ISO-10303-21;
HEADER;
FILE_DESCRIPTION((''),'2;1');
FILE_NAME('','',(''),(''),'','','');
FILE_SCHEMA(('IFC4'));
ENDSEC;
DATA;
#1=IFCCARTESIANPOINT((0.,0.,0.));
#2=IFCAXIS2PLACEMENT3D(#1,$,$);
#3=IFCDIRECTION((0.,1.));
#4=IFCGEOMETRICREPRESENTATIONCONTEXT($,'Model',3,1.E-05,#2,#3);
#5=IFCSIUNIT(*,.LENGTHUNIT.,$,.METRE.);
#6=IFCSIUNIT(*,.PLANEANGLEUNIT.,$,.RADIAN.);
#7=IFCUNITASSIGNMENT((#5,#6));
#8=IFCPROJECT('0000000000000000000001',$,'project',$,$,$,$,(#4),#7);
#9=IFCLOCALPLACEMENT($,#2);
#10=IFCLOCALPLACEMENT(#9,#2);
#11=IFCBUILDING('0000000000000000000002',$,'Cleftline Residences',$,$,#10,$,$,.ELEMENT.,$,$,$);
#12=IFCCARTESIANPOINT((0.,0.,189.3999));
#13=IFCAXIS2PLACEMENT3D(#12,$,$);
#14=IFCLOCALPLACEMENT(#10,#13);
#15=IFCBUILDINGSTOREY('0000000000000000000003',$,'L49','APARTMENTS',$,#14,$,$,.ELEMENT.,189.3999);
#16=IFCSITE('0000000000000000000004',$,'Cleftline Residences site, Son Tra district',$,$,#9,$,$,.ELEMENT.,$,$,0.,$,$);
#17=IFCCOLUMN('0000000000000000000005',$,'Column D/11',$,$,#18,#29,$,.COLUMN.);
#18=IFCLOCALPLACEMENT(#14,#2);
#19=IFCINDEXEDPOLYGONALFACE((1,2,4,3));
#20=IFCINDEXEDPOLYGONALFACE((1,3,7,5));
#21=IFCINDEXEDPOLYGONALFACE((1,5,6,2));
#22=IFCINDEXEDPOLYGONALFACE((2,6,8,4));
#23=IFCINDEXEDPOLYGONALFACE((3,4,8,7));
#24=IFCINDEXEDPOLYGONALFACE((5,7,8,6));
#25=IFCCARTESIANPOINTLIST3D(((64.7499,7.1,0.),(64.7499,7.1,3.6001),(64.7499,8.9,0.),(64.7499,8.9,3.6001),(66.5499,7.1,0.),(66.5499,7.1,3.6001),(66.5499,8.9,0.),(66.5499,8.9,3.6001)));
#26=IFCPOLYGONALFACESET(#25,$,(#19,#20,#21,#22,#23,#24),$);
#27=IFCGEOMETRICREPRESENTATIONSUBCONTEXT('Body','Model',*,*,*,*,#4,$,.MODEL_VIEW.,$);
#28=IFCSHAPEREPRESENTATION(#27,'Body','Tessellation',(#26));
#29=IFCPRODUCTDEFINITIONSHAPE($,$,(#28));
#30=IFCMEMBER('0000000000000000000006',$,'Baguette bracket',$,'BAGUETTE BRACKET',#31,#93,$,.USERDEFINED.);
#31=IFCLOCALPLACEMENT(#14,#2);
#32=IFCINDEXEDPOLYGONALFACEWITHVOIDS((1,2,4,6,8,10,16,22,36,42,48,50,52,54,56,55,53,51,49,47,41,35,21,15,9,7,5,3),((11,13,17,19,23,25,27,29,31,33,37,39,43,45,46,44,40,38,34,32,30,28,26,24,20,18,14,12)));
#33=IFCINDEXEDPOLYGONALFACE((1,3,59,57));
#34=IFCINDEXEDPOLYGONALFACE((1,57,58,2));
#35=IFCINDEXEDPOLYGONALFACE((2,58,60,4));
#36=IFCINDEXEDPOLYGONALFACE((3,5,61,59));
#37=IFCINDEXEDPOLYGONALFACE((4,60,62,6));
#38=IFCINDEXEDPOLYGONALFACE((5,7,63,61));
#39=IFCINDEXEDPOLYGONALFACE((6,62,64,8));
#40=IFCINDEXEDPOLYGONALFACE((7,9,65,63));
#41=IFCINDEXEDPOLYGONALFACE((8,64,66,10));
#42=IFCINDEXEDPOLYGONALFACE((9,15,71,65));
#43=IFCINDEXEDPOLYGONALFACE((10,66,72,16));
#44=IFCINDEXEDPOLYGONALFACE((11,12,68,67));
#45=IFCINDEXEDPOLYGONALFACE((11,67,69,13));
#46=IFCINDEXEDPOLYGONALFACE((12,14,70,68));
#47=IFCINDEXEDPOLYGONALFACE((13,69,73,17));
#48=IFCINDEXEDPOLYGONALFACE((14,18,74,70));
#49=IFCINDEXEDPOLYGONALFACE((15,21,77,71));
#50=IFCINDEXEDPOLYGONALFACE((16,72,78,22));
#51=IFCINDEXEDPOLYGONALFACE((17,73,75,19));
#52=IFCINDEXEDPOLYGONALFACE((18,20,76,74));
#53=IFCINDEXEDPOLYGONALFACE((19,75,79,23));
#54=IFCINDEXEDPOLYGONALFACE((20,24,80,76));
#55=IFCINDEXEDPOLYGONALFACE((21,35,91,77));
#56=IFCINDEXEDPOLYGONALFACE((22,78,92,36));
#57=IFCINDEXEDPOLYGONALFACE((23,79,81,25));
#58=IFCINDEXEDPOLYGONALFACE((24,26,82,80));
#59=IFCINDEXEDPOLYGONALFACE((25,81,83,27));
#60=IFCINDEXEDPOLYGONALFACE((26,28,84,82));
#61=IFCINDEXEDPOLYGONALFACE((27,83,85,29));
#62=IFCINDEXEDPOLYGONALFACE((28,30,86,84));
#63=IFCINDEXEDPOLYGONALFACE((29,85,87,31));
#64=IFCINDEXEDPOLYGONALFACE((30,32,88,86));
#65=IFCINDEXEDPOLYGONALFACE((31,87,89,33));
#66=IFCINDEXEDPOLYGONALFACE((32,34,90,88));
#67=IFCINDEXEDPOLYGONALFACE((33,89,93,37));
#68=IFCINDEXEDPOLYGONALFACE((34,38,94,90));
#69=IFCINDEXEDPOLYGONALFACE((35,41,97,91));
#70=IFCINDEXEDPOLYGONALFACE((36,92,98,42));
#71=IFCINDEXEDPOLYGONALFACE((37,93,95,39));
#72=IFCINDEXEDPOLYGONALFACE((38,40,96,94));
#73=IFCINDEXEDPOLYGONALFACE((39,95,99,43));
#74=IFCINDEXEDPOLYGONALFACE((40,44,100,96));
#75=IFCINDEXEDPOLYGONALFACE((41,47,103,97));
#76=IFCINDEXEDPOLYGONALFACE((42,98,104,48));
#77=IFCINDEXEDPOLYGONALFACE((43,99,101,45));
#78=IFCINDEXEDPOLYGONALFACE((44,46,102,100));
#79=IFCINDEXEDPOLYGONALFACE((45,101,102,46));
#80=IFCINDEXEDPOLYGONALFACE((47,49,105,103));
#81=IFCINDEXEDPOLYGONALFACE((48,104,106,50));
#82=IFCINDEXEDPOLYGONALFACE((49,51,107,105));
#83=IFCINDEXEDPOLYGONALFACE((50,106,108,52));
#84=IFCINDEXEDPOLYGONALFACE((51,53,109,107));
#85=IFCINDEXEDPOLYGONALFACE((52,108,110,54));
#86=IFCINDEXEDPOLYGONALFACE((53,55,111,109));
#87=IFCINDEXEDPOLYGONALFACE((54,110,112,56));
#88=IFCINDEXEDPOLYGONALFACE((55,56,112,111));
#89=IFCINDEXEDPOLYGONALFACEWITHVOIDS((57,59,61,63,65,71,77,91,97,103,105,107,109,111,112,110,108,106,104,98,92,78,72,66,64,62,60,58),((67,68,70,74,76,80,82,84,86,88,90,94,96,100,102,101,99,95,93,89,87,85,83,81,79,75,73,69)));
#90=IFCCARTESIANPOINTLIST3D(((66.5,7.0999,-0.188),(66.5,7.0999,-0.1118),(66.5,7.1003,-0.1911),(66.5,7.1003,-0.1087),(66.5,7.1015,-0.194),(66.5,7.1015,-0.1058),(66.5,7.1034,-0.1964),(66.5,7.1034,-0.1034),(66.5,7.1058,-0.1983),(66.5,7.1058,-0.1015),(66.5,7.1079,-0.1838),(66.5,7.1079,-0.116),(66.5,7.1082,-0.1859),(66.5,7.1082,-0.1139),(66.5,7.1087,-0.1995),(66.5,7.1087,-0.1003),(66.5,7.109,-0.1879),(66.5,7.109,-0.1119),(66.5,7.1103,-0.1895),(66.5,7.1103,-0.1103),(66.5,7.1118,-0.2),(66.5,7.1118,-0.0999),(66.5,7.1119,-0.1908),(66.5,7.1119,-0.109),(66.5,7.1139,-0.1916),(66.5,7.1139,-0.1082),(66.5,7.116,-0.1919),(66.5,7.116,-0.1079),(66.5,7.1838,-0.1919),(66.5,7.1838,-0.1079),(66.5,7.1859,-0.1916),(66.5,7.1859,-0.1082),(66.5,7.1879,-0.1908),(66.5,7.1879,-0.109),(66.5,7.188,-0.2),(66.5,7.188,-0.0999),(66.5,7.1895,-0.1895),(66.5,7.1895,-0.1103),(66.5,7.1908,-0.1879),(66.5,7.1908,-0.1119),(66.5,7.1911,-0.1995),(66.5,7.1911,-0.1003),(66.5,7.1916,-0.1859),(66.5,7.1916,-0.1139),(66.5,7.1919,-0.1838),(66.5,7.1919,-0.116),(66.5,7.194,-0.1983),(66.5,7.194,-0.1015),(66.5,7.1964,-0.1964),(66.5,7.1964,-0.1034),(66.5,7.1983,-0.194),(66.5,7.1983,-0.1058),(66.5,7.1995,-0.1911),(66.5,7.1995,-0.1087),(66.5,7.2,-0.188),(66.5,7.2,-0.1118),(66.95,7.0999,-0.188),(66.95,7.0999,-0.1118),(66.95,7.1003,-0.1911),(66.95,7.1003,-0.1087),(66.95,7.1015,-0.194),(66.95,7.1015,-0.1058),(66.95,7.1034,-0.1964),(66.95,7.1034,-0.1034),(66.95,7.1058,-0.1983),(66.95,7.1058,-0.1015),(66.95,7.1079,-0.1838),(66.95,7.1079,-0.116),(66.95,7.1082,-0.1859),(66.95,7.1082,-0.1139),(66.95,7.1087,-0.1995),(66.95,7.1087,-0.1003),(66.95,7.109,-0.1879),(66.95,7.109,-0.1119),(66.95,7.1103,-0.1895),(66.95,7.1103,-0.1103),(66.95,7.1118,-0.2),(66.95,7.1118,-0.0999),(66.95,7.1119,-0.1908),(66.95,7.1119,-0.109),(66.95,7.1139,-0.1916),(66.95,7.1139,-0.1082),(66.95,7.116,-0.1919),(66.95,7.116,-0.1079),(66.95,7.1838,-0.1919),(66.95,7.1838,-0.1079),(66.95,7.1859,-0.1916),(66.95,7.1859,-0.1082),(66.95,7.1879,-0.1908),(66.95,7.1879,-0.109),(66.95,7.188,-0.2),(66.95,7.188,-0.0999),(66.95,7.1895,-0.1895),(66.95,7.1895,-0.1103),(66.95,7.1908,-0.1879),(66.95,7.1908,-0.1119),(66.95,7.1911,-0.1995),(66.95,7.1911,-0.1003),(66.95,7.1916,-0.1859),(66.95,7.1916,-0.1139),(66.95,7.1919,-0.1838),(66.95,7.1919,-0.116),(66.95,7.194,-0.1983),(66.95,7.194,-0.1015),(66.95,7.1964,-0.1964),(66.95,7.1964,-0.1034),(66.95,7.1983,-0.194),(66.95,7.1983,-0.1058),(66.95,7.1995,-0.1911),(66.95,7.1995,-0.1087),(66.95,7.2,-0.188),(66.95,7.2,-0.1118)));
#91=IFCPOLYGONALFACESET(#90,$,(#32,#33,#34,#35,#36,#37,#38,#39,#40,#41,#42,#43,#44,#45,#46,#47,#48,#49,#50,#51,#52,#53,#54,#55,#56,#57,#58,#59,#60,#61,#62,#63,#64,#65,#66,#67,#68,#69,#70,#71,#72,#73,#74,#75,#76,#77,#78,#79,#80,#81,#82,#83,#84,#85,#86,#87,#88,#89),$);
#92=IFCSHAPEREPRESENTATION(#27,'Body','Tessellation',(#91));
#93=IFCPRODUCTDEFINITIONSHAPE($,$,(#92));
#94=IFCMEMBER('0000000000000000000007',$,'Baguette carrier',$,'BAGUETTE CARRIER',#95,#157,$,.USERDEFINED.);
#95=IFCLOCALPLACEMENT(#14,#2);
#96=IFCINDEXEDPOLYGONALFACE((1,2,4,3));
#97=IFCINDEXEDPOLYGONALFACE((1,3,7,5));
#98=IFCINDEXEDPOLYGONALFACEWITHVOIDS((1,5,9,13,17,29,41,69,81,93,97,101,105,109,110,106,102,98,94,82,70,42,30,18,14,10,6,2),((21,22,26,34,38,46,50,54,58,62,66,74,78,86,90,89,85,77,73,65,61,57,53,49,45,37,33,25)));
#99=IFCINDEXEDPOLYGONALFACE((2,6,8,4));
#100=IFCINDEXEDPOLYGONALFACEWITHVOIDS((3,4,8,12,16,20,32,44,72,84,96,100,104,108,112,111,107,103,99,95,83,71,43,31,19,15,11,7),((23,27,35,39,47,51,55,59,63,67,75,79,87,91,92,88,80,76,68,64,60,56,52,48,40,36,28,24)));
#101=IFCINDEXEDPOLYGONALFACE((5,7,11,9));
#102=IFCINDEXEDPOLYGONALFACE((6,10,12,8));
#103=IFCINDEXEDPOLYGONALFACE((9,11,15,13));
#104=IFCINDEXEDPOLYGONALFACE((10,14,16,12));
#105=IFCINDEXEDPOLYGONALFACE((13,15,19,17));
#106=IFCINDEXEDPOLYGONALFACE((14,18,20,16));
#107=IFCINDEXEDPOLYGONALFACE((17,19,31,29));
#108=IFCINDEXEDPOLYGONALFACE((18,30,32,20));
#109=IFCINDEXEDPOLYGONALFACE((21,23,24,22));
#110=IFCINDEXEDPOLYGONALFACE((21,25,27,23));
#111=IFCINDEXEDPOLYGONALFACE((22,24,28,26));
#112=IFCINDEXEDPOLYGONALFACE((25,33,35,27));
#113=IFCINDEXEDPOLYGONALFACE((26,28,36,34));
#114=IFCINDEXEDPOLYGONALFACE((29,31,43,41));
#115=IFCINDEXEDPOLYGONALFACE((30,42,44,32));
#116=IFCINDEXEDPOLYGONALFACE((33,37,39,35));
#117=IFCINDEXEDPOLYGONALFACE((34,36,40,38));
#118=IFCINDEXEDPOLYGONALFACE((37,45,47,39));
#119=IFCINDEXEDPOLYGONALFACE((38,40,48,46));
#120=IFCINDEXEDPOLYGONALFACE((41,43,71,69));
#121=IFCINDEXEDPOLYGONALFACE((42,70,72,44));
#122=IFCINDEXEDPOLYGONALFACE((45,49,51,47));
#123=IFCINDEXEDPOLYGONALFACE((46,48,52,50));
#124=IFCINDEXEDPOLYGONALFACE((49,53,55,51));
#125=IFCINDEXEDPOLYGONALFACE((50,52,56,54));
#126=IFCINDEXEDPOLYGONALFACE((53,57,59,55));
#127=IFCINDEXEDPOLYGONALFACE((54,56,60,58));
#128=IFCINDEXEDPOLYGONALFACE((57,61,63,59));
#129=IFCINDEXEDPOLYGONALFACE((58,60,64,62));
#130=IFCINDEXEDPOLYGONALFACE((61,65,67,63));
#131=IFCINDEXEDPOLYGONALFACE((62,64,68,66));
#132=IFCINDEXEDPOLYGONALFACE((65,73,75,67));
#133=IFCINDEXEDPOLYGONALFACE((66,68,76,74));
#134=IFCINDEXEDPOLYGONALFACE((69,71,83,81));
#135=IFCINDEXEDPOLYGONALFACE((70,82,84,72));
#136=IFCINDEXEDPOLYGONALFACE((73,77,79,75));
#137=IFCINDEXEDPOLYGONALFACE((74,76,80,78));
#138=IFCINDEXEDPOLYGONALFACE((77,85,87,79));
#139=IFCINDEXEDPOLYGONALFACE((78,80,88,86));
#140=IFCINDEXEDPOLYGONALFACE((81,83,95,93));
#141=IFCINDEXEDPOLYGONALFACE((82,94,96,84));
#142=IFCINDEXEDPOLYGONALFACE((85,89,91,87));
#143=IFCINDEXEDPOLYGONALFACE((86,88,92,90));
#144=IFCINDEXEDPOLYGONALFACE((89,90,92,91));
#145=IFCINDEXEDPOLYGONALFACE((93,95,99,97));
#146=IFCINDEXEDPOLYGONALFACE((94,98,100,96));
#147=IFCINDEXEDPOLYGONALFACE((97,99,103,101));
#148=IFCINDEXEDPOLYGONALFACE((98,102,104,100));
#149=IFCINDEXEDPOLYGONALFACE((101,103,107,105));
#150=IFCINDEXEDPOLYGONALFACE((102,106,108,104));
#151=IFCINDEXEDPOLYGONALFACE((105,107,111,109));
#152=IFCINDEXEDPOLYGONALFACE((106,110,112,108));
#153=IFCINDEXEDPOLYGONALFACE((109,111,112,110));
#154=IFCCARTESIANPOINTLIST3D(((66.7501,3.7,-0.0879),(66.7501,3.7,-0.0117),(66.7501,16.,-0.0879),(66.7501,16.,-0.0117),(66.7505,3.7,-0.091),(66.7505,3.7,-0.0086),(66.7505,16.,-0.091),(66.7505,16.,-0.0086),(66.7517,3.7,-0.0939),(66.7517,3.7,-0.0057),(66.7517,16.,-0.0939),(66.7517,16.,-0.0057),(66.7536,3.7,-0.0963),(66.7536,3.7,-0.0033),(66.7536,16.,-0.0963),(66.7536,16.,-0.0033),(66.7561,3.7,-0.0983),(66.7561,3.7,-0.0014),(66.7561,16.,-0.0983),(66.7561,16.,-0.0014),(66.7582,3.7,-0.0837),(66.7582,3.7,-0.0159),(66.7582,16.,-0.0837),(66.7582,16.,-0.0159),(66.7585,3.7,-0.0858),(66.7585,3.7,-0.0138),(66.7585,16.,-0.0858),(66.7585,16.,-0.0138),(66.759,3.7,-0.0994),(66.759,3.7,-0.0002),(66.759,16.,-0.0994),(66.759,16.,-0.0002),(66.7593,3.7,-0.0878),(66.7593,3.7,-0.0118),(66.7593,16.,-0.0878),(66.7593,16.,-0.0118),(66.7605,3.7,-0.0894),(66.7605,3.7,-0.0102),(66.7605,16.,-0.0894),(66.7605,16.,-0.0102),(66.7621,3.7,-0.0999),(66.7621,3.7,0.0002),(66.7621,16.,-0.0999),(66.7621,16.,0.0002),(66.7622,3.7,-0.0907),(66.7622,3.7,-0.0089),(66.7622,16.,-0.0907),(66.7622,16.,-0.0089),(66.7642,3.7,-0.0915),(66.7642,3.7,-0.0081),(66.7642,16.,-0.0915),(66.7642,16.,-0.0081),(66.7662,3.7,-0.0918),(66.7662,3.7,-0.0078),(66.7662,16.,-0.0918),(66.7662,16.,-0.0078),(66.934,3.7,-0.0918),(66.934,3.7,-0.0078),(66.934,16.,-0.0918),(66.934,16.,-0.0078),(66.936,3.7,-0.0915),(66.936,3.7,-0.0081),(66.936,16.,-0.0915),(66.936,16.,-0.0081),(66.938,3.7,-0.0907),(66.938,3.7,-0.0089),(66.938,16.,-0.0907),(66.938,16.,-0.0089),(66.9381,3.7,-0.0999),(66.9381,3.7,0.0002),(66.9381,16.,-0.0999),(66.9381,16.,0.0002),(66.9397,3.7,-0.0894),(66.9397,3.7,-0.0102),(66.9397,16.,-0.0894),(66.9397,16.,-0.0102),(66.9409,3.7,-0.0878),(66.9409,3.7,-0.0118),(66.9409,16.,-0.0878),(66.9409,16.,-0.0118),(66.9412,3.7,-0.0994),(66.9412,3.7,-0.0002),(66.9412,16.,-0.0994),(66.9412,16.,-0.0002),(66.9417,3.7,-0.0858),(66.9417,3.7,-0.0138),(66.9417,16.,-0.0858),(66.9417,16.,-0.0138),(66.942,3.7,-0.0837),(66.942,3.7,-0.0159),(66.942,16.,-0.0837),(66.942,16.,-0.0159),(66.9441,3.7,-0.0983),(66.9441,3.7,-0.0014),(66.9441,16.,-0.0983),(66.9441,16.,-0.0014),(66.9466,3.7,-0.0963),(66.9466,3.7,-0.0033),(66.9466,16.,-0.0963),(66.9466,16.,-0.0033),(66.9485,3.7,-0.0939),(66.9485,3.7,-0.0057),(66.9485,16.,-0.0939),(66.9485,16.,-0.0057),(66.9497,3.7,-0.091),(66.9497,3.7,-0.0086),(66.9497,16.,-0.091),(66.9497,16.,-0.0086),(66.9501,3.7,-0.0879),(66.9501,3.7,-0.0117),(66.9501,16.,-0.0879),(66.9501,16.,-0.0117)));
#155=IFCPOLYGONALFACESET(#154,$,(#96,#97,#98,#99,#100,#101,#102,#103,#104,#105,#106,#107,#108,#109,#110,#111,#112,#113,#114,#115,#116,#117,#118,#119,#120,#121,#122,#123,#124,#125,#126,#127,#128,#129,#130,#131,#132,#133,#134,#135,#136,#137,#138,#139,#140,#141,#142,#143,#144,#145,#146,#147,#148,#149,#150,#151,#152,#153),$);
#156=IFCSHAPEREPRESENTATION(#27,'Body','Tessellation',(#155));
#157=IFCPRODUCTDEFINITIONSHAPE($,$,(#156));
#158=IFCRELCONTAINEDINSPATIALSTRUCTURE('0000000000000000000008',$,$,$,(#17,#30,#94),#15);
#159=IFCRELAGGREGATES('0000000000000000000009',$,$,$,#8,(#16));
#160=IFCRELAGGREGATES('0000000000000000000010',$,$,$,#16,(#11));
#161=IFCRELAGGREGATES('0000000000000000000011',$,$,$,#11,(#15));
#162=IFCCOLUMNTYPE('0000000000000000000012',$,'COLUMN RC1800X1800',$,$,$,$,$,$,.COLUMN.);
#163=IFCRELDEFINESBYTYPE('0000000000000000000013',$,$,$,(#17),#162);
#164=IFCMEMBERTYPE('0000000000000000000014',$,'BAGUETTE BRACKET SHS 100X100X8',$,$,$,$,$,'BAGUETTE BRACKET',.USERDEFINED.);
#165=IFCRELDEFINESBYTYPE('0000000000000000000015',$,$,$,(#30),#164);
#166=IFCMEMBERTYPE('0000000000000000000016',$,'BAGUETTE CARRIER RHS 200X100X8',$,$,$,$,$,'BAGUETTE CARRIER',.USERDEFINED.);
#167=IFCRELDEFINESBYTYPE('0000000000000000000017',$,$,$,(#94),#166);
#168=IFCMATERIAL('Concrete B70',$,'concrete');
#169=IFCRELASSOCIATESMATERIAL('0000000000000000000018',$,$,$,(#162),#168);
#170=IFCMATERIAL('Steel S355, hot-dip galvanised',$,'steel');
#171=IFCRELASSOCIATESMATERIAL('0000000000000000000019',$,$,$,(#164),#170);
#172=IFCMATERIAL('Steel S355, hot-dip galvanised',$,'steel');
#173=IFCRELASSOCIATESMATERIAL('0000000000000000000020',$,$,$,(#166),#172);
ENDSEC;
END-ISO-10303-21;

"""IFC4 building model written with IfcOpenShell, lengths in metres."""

from ifc_helpers import new_model, si_unit, direction, frame, origin, origin_2d, place, context, subcontext, project, spatial, rectangle, hollow_rectangle, extrude, material, material_profile, profile_set, type_object, element, save


model = new_model("IFC4")

# Units and contexts
model_context = context("Model", 3, precision=1e-05, world=origin(), true_north=direction((0.0, 1.0)))
body_context = subcontext(model_context, "Body", "Model", "MODEL_VIEW")
ifc_project = project(units=[si_unit("LENGTHUNIT", "METRE"), si_unit("PLANEANGLEUNIT", "RADIAN")], contexts=[model_context])

# Site, building, storey
site_placement = place(None, origin())
site = spatial("IfcSite", under=ifc_project, at=site_placement, Name="Cleftline Residences site, Son Tra district", CompositionType="ELEMENT", RefElevation=0.0)
building_placement = place(site_placement, origin())
building = spatial("IfcBuilding", under=site, at=building_placement, Name="Cleftline Residences", CompositionType="ELEMENT")
storey_placement = place(building_placement, frame((0.0, 0.0, 189.3999)))
storey = spatial("IfcBuildingStorey", under=building, at=storey_placement, Name="L49", Description="APARTMENTS", CompositionType="ELEMENT", Elevation=189.3999)

# Column
ifc_material_1 = material(Name="Concrete B70", Category="concrete")
ifc_material_profile_1 = material_profile(ifc_material_1, rectangle(XDim=1.8, YDim=1.8, at=origin_2d()))
ifc_profile_set_1 = profile_set([ifc_material_profile_1], Name="Concrete B70")
column_type = type_object("IfcColumnType", Name="COLUMN RC1800X1800", PredefinedType="COLUMN", material=ifc_profile_set_1)
column_placement = place(storey_placement, frame((65.6499, 8.0, 0.0), z_axis=(0.0, 0.0, 1.0), x_axis=(1.0, 0.0, 0.0)))
element("IfcColumn", 1, at=column_placement, inside=storey, type_object=column_type, Name="Column D/11", PredefinedType="COLUMN", context=body_context, shape_type="SweptSolid", body=[
    extrude(rectangle(XDim=1.8, YDim=1.8, at=origin_2d()), origin(), (0.0, 0.0, 1.0), 3.6001),
])

# Members
ifc_material_2 = material(Name="Steel S355, hot-dip galvanised", Category="steel")
ifc_material_profile_2 = material_profile(ifc_material_2, hollow_rectangle(XDim=0.1001, YDim=0.1001, WallThickness=0.0081, InnerFilletRadius=0.0081, OuterFilletRadius=0.012, at=origin_2d()))
ifc_profile_set_2 = profile_set([ifc_material_profile_2], Name="Steel S355, hot-dip galvanised")
member_type_1 = type_object("IfcMemberType", Name="BAGUETTE BRACKET SHS 100X100X8", ElementType="BAGUETTE BRACKET", PredefinedType="USERDEFINED", material=ifc_profile_set_2)
member_1_placement = place(storey_placement, frame((66.5, 7.1499, -0.1499), z_axis=(1.0, 0.0, 0.0), x_axis=(0.0, 1.0, 0.0)))
element("IfcMember", 2, at=member_1_placement, inside=storey, type_object=member_type_1, Name="Baguette bracket", ObjectType="BAGUETTE BRACKET", PredefinedType="USERDEFINED", context=body_context, shape_type="SweptSolid", body=[
    extrude(hollow_rectangle(XDim=0.1001, YDim=0.1001, WallThickness=0.0081, InnerFilletRadius=0.0081, OuterFilletRadius=0.012, at=origin_2d()), origin(), (0.0, 0.0, 1.0), 0.45),
])
ifc_material_3 = material(Name="Steel S355, hot-dip galvanised", Category="steel")
ifc_material_profile_3 = material_profile(ifc_material_3, hollow_rectangle(XDim=0.1001, YDim=0.2, WallThickness=0.0081, InnerFilletRadius=0.0081, OuterFilletRadius=0.012, at=origin_2d()))
ifc_profile_set_3 = profile_set([ifc_material_profile_3], Name="Steel S355, hot-dip galvanised")
member_type_2 = type_object("IfcMemberType", Name="BAGUETTE CARRIER RHS 200X100X8", ElementType="BAGUETTE CARRIER", PredefinedType="USERDEFINED", material=ifc_profile_set_3)
member_2_placement = place(storey_placement, frame((66.8501, 3.7, -0.0498), z_axis=(0.0, 1.0, 0.0), x_axis=(0.0, 0.0, 1.0)))
element("IfcMember", 3, at=member_2_placement, inside=storey, type_object=member_type_2, Name="Baguette carrier", ObjectType="BAGUETTE CARRIER", PredefinedType="USERDEFINED", context=body_context, shape_type="SweptSolid", body=[
    extrude(hollow_rectangle(XDim=0.1001, YDim=0.2, WallThickness=0.0081, InnerFilletRadius=0.0081, OuterFilletRadius=0.012, at=origin_2d()), origin(), (0.0, 0.0, 1.0), 12.3),
])

save(model, "model.ifc")
